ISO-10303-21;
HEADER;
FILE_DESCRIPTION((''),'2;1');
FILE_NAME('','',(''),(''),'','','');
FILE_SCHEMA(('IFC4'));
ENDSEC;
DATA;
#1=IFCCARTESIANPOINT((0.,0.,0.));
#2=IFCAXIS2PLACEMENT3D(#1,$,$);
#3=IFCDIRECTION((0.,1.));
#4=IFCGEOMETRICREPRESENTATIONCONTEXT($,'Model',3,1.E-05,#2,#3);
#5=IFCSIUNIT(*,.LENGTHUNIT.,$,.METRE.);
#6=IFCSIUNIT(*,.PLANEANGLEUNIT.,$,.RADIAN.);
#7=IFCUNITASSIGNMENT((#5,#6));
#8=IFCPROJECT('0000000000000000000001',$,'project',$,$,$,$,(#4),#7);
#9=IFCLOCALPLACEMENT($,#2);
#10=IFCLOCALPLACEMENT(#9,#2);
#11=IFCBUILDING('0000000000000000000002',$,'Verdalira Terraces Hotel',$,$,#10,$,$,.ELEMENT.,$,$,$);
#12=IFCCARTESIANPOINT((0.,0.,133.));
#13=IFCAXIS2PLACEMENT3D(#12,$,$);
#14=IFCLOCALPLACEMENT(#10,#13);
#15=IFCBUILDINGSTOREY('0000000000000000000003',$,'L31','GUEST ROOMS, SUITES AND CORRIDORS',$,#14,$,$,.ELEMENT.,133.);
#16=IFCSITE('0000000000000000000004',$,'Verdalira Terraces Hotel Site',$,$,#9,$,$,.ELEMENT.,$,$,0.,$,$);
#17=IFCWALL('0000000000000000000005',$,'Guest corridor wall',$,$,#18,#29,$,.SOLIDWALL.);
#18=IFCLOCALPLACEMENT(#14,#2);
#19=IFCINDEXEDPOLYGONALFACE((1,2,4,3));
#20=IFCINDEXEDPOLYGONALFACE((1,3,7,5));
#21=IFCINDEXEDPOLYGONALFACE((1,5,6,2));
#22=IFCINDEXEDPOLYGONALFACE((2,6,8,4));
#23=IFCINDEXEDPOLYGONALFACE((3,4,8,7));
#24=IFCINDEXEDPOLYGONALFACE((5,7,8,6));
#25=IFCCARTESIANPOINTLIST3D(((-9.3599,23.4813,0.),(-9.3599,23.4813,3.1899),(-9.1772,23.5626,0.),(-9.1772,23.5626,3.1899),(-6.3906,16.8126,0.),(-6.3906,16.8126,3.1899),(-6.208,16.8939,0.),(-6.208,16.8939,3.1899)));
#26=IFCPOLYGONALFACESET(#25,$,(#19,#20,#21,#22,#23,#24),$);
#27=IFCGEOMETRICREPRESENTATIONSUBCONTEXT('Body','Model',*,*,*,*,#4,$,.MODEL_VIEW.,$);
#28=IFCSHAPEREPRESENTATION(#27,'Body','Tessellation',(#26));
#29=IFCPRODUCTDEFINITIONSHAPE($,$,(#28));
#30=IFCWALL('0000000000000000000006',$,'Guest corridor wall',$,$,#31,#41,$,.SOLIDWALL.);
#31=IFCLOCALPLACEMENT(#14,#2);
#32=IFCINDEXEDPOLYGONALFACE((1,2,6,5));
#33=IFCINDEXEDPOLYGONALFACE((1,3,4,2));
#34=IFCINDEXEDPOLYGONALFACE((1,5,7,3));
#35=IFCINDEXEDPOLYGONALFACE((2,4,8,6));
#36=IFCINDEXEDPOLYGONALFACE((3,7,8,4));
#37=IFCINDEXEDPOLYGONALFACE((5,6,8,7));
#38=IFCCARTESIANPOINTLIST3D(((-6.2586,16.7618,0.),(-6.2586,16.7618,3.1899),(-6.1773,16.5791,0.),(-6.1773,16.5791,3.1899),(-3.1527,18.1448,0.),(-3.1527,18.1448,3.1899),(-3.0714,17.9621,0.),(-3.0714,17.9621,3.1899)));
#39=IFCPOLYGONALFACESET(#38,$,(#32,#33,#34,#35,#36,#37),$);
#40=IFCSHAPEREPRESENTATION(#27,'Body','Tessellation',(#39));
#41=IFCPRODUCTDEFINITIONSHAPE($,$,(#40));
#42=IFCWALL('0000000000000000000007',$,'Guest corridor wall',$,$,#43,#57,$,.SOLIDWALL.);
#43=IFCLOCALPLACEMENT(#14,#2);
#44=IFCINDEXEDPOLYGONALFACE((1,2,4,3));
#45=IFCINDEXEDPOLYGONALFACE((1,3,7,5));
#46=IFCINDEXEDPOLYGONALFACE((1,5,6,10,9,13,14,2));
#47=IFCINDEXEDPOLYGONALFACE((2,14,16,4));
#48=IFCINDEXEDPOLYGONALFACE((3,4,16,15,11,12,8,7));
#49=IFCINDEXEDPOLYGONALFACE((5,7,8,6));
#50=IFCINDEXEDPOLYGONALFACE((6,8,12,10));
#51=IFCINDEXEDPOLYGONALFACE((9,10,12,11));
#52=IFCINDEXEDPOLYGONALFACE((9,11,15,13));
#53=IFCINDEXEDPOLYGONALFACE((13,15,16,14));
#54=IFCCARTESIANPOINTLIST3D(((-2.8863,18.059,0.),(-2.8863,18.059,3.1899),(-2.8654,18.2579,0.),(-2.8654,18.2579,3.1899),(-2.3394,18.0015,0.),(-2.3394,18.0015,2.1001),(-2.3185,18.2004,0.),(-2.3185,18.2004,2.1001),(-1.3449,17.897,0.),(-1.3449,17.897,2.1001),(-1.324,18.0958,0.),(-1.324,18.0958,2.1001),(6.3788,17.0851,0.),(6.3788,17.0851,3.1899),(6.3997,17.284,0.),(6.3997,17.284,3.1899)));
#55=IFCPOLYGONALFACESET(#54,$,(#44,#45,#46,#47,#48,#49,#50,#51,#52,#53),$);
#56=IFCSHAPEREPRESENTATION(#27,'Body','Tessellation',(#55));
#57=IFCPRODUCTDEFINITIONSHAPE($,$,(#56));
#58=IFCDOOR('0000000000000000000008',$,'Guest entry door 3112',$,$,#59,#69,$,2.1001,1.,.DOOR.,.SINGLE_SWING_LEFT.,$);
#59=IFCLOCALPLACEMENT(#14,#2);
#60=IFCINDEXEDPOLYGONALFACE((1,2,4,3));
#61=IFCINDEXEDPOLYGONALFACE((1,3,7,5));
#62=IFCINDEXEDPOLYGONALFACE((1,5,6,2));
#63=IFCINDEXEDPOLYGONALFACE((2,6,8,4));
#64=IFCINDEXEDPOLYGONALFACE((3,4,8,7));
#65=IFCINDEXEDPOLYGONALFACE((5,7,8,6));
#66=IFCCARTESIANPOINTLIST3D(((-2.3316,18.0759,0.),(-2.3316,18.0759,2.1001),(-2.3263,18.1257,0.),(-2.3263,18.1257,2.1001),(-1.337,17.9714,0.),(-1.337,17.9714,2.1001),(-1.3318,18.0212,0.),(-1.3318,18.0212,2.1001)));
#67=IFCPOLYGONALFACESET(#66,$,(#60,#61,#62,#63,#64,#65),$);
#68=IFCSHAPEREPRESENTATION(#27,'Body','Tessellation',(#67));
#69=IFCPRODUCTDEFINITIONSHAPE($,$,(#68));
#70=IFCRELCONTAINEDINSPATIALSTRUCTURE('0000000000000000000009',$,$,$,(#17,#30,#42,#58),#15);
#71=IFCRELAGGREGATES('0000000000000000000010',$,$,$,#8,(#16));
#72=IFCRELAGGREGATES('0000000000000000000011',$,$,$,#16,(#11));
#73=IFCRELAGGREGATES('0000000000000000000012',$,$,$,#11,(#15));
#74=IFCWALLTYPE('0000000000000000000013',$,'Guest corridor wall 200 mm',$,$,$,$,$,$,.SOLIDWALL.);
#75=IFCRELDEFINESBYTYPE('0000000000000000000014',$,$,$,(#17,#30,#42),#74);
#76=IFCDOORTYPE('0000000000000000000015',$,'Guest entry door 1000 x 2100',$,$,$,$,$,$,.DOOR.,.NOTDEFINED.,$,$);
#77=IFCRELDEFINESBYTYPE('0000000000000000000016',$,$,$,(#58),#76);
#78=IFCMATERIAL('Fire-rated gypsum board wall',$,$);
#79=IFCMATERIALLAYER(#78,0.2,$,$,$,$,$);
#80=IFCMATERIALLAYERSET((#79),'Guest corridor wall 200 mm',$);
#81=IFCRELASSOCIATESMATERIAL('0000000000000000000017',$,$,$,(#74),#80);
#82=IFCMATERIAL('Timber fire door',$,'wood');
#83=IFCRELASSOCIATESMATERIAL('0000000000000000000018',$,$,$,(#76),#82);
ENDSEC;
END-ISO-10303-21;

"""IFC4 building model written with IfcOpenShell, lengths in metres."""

from ifc_helpers import new_model, si_unit, direction, frame, frame_2d, origin, place, context, subcontext, project, spatial, rectangle, extrude, material, layer, layer_set, type_object, element, fill, save


model = new_model("IFC4")

# Units and contexts
model_context = context("Model", 3, precision=1e-05, world=origin(), true_north=direction((0.0, 1.0)))
body_context = subcontext(model_context, "Body", "Model", "MODEL_VIEW")
ifc_project = project(units=[si_unit("LENGTHUNIT", "METRE"), si_unit("PLANEANGLEUNIT", "RADIAN")], contexts=[model_context])

# Site, building, storey
site_placement = place(None, origin())
site = spatial("IfcSite", under=ifc_project, at=site_placement, Name="Verdalira Terraces Hotel Site", CompositionType="ELEMENT", RefElevation=0.0)
building_placement = place(site_placement, origin())
building = spatial("IfcBuilding", under=site, at=building_placement, Name="Verdalira Terraces Hotel", CompositionType="ELEMENT")
storey_placement = place(building_placement, frame((0.0, 0.0, 133.0)))
storey = spatial("IfcBuildingStorey", under=building, at=storey_placement, Name="L31", Description="GUEST ROOMS, SUITES AND CORRIDORS", CompositionType="ELEMENT", Elevation=133.0)

# Shared definitions
ifc_material_1 = material(Name="Fire-rated gypsum board wall")
ifc_layer_1 = layer(ifc_material_1, 0.2)
ifc_layer_set_1 = layer_set([ifc_layer_1], Name="Guest corridor wall 200 mm")
wall_type_1 = type_object("IfcWallType", Name="Guest corridor wall 200 mm", PredefinedType="SOLIDWALL", material=ifc_layer_set_1)

# Shared definitions
ifc_material_2 = material(Name="Timber fire door", Category="wood")
door_type_1 = type_object("IfcDoorType", Name="Guest entry door 1000 x 2100", OperationType="NOTDEFINED", PredefinedType="DOOR", material=ifc_material_2)

# Walls
wall_1_placement = place(storey_placement, frame((-6.2993, 16.8533, 0.0), z_axis=(0.0, 0.0, 1.0), x_axis=(-0.406753, 0.913538, 0.0)))
element("IfcWall", 1, at=wall_1_placement, inside=storey, type_object=wall_type_1, Name="Guest corridor wall", PredefinedType="SOLIDWALL", context=body_context, shape_type="SweptSolid", body=[
    extrude(rectangle(XDim=7.2998, YDim=0.2, at=frame_2d((3.6499, 0.0))), origin(), (0.0, 0.0, 1.0), 3.1899),
])
wall_2_placement = place(storey_placement, frame((-3.1121, 18.0535, 0.0), z_axis=(0.0, 0.0, 1.0), x_axis=(-0.913524, -0.406785, 0.0)))
element("IfcWall", 2, at=wall_2_placement, inside=storey, type_object=wall_type_1, Name="Guest corridor wall", PredefinedType="SOLIDWALL", context=body_context, shape_type="SweptSolid", body=[
    extrude(rectangle(XDim=3.3999, YDim=0.2, at=frame_2d((1.7, 0.0))), origin(), (0.0, 0.0, 1.0), 3.1899),
])

# Wall, opening, door
wall_3_placement = place(storey_placement, frame((-2.876, 18.1584, 0.0), z_axis=(0.0, 0.0, 1.0), x_axis=(0.994521, -0.104536, 0.0)))
wall_3 = element("IfcWall", 3, at=wall_3_placement, inside=storey, type_object=wall_type_1, Name="Guest corridor wall", PredefinedType="SOLIDWALL", context=body_context, shape_type="SweptSolid", body=[
    extrude(rectangle(XDim=9.3162, YDim=0.2, at=frame_2d((4.6582, 0.0))), origin(), (0.0, 0.0, 1.0), 3.1899),
])
opening_1_placement = place(wall_3_placement, frame((0.55, 0.0, 0.0)))
opening_1 = element("IfcOpeningElement", 4, at=opening_1_placement, cuts=wall_3, PredefinedType="OPENING", context=body_context, shape_type="SweptSolid", body=[
    extrude(rectangle(XDim=1.0, YDim=2.1001, at=frame_2d((0.5, 1.05))), frame((0.0, 0.1099, 0.0), z_axis=(0.0, -1.0, 0.0), x_axis=(1.0, 0.0, 0.0)), (0.0, 0.0, 1.0), 0.22),
])
door_1_placement = place(opening_1_placement, origin())
door_1 = element("IfcDoor", 5, at=door_1_placement, inside=storey, type_object=door_type_1, Name="Guest entry door 3112", OperationType="SINGLE_SWING_LEFT", OverallHeight=2.1001, OverallWidth=1.0, PredefinedType="DOOR", context=body_context, shape_type="SweptSolid", body=[
    extrude(rectangle(XDim=1.0, YDim=2.1001, at=frame_2d((0.5, 1.05))), frame((0.0, 0.0249, 0.0), z_axis=(0.0, -1.0, 0.0), x_axis=(1.0, 0.0, 0.0)), (0.0, 0.0, 1.0), 0.05),
])
fill(opening_1, door_1)

save(model, "model.ifc")
